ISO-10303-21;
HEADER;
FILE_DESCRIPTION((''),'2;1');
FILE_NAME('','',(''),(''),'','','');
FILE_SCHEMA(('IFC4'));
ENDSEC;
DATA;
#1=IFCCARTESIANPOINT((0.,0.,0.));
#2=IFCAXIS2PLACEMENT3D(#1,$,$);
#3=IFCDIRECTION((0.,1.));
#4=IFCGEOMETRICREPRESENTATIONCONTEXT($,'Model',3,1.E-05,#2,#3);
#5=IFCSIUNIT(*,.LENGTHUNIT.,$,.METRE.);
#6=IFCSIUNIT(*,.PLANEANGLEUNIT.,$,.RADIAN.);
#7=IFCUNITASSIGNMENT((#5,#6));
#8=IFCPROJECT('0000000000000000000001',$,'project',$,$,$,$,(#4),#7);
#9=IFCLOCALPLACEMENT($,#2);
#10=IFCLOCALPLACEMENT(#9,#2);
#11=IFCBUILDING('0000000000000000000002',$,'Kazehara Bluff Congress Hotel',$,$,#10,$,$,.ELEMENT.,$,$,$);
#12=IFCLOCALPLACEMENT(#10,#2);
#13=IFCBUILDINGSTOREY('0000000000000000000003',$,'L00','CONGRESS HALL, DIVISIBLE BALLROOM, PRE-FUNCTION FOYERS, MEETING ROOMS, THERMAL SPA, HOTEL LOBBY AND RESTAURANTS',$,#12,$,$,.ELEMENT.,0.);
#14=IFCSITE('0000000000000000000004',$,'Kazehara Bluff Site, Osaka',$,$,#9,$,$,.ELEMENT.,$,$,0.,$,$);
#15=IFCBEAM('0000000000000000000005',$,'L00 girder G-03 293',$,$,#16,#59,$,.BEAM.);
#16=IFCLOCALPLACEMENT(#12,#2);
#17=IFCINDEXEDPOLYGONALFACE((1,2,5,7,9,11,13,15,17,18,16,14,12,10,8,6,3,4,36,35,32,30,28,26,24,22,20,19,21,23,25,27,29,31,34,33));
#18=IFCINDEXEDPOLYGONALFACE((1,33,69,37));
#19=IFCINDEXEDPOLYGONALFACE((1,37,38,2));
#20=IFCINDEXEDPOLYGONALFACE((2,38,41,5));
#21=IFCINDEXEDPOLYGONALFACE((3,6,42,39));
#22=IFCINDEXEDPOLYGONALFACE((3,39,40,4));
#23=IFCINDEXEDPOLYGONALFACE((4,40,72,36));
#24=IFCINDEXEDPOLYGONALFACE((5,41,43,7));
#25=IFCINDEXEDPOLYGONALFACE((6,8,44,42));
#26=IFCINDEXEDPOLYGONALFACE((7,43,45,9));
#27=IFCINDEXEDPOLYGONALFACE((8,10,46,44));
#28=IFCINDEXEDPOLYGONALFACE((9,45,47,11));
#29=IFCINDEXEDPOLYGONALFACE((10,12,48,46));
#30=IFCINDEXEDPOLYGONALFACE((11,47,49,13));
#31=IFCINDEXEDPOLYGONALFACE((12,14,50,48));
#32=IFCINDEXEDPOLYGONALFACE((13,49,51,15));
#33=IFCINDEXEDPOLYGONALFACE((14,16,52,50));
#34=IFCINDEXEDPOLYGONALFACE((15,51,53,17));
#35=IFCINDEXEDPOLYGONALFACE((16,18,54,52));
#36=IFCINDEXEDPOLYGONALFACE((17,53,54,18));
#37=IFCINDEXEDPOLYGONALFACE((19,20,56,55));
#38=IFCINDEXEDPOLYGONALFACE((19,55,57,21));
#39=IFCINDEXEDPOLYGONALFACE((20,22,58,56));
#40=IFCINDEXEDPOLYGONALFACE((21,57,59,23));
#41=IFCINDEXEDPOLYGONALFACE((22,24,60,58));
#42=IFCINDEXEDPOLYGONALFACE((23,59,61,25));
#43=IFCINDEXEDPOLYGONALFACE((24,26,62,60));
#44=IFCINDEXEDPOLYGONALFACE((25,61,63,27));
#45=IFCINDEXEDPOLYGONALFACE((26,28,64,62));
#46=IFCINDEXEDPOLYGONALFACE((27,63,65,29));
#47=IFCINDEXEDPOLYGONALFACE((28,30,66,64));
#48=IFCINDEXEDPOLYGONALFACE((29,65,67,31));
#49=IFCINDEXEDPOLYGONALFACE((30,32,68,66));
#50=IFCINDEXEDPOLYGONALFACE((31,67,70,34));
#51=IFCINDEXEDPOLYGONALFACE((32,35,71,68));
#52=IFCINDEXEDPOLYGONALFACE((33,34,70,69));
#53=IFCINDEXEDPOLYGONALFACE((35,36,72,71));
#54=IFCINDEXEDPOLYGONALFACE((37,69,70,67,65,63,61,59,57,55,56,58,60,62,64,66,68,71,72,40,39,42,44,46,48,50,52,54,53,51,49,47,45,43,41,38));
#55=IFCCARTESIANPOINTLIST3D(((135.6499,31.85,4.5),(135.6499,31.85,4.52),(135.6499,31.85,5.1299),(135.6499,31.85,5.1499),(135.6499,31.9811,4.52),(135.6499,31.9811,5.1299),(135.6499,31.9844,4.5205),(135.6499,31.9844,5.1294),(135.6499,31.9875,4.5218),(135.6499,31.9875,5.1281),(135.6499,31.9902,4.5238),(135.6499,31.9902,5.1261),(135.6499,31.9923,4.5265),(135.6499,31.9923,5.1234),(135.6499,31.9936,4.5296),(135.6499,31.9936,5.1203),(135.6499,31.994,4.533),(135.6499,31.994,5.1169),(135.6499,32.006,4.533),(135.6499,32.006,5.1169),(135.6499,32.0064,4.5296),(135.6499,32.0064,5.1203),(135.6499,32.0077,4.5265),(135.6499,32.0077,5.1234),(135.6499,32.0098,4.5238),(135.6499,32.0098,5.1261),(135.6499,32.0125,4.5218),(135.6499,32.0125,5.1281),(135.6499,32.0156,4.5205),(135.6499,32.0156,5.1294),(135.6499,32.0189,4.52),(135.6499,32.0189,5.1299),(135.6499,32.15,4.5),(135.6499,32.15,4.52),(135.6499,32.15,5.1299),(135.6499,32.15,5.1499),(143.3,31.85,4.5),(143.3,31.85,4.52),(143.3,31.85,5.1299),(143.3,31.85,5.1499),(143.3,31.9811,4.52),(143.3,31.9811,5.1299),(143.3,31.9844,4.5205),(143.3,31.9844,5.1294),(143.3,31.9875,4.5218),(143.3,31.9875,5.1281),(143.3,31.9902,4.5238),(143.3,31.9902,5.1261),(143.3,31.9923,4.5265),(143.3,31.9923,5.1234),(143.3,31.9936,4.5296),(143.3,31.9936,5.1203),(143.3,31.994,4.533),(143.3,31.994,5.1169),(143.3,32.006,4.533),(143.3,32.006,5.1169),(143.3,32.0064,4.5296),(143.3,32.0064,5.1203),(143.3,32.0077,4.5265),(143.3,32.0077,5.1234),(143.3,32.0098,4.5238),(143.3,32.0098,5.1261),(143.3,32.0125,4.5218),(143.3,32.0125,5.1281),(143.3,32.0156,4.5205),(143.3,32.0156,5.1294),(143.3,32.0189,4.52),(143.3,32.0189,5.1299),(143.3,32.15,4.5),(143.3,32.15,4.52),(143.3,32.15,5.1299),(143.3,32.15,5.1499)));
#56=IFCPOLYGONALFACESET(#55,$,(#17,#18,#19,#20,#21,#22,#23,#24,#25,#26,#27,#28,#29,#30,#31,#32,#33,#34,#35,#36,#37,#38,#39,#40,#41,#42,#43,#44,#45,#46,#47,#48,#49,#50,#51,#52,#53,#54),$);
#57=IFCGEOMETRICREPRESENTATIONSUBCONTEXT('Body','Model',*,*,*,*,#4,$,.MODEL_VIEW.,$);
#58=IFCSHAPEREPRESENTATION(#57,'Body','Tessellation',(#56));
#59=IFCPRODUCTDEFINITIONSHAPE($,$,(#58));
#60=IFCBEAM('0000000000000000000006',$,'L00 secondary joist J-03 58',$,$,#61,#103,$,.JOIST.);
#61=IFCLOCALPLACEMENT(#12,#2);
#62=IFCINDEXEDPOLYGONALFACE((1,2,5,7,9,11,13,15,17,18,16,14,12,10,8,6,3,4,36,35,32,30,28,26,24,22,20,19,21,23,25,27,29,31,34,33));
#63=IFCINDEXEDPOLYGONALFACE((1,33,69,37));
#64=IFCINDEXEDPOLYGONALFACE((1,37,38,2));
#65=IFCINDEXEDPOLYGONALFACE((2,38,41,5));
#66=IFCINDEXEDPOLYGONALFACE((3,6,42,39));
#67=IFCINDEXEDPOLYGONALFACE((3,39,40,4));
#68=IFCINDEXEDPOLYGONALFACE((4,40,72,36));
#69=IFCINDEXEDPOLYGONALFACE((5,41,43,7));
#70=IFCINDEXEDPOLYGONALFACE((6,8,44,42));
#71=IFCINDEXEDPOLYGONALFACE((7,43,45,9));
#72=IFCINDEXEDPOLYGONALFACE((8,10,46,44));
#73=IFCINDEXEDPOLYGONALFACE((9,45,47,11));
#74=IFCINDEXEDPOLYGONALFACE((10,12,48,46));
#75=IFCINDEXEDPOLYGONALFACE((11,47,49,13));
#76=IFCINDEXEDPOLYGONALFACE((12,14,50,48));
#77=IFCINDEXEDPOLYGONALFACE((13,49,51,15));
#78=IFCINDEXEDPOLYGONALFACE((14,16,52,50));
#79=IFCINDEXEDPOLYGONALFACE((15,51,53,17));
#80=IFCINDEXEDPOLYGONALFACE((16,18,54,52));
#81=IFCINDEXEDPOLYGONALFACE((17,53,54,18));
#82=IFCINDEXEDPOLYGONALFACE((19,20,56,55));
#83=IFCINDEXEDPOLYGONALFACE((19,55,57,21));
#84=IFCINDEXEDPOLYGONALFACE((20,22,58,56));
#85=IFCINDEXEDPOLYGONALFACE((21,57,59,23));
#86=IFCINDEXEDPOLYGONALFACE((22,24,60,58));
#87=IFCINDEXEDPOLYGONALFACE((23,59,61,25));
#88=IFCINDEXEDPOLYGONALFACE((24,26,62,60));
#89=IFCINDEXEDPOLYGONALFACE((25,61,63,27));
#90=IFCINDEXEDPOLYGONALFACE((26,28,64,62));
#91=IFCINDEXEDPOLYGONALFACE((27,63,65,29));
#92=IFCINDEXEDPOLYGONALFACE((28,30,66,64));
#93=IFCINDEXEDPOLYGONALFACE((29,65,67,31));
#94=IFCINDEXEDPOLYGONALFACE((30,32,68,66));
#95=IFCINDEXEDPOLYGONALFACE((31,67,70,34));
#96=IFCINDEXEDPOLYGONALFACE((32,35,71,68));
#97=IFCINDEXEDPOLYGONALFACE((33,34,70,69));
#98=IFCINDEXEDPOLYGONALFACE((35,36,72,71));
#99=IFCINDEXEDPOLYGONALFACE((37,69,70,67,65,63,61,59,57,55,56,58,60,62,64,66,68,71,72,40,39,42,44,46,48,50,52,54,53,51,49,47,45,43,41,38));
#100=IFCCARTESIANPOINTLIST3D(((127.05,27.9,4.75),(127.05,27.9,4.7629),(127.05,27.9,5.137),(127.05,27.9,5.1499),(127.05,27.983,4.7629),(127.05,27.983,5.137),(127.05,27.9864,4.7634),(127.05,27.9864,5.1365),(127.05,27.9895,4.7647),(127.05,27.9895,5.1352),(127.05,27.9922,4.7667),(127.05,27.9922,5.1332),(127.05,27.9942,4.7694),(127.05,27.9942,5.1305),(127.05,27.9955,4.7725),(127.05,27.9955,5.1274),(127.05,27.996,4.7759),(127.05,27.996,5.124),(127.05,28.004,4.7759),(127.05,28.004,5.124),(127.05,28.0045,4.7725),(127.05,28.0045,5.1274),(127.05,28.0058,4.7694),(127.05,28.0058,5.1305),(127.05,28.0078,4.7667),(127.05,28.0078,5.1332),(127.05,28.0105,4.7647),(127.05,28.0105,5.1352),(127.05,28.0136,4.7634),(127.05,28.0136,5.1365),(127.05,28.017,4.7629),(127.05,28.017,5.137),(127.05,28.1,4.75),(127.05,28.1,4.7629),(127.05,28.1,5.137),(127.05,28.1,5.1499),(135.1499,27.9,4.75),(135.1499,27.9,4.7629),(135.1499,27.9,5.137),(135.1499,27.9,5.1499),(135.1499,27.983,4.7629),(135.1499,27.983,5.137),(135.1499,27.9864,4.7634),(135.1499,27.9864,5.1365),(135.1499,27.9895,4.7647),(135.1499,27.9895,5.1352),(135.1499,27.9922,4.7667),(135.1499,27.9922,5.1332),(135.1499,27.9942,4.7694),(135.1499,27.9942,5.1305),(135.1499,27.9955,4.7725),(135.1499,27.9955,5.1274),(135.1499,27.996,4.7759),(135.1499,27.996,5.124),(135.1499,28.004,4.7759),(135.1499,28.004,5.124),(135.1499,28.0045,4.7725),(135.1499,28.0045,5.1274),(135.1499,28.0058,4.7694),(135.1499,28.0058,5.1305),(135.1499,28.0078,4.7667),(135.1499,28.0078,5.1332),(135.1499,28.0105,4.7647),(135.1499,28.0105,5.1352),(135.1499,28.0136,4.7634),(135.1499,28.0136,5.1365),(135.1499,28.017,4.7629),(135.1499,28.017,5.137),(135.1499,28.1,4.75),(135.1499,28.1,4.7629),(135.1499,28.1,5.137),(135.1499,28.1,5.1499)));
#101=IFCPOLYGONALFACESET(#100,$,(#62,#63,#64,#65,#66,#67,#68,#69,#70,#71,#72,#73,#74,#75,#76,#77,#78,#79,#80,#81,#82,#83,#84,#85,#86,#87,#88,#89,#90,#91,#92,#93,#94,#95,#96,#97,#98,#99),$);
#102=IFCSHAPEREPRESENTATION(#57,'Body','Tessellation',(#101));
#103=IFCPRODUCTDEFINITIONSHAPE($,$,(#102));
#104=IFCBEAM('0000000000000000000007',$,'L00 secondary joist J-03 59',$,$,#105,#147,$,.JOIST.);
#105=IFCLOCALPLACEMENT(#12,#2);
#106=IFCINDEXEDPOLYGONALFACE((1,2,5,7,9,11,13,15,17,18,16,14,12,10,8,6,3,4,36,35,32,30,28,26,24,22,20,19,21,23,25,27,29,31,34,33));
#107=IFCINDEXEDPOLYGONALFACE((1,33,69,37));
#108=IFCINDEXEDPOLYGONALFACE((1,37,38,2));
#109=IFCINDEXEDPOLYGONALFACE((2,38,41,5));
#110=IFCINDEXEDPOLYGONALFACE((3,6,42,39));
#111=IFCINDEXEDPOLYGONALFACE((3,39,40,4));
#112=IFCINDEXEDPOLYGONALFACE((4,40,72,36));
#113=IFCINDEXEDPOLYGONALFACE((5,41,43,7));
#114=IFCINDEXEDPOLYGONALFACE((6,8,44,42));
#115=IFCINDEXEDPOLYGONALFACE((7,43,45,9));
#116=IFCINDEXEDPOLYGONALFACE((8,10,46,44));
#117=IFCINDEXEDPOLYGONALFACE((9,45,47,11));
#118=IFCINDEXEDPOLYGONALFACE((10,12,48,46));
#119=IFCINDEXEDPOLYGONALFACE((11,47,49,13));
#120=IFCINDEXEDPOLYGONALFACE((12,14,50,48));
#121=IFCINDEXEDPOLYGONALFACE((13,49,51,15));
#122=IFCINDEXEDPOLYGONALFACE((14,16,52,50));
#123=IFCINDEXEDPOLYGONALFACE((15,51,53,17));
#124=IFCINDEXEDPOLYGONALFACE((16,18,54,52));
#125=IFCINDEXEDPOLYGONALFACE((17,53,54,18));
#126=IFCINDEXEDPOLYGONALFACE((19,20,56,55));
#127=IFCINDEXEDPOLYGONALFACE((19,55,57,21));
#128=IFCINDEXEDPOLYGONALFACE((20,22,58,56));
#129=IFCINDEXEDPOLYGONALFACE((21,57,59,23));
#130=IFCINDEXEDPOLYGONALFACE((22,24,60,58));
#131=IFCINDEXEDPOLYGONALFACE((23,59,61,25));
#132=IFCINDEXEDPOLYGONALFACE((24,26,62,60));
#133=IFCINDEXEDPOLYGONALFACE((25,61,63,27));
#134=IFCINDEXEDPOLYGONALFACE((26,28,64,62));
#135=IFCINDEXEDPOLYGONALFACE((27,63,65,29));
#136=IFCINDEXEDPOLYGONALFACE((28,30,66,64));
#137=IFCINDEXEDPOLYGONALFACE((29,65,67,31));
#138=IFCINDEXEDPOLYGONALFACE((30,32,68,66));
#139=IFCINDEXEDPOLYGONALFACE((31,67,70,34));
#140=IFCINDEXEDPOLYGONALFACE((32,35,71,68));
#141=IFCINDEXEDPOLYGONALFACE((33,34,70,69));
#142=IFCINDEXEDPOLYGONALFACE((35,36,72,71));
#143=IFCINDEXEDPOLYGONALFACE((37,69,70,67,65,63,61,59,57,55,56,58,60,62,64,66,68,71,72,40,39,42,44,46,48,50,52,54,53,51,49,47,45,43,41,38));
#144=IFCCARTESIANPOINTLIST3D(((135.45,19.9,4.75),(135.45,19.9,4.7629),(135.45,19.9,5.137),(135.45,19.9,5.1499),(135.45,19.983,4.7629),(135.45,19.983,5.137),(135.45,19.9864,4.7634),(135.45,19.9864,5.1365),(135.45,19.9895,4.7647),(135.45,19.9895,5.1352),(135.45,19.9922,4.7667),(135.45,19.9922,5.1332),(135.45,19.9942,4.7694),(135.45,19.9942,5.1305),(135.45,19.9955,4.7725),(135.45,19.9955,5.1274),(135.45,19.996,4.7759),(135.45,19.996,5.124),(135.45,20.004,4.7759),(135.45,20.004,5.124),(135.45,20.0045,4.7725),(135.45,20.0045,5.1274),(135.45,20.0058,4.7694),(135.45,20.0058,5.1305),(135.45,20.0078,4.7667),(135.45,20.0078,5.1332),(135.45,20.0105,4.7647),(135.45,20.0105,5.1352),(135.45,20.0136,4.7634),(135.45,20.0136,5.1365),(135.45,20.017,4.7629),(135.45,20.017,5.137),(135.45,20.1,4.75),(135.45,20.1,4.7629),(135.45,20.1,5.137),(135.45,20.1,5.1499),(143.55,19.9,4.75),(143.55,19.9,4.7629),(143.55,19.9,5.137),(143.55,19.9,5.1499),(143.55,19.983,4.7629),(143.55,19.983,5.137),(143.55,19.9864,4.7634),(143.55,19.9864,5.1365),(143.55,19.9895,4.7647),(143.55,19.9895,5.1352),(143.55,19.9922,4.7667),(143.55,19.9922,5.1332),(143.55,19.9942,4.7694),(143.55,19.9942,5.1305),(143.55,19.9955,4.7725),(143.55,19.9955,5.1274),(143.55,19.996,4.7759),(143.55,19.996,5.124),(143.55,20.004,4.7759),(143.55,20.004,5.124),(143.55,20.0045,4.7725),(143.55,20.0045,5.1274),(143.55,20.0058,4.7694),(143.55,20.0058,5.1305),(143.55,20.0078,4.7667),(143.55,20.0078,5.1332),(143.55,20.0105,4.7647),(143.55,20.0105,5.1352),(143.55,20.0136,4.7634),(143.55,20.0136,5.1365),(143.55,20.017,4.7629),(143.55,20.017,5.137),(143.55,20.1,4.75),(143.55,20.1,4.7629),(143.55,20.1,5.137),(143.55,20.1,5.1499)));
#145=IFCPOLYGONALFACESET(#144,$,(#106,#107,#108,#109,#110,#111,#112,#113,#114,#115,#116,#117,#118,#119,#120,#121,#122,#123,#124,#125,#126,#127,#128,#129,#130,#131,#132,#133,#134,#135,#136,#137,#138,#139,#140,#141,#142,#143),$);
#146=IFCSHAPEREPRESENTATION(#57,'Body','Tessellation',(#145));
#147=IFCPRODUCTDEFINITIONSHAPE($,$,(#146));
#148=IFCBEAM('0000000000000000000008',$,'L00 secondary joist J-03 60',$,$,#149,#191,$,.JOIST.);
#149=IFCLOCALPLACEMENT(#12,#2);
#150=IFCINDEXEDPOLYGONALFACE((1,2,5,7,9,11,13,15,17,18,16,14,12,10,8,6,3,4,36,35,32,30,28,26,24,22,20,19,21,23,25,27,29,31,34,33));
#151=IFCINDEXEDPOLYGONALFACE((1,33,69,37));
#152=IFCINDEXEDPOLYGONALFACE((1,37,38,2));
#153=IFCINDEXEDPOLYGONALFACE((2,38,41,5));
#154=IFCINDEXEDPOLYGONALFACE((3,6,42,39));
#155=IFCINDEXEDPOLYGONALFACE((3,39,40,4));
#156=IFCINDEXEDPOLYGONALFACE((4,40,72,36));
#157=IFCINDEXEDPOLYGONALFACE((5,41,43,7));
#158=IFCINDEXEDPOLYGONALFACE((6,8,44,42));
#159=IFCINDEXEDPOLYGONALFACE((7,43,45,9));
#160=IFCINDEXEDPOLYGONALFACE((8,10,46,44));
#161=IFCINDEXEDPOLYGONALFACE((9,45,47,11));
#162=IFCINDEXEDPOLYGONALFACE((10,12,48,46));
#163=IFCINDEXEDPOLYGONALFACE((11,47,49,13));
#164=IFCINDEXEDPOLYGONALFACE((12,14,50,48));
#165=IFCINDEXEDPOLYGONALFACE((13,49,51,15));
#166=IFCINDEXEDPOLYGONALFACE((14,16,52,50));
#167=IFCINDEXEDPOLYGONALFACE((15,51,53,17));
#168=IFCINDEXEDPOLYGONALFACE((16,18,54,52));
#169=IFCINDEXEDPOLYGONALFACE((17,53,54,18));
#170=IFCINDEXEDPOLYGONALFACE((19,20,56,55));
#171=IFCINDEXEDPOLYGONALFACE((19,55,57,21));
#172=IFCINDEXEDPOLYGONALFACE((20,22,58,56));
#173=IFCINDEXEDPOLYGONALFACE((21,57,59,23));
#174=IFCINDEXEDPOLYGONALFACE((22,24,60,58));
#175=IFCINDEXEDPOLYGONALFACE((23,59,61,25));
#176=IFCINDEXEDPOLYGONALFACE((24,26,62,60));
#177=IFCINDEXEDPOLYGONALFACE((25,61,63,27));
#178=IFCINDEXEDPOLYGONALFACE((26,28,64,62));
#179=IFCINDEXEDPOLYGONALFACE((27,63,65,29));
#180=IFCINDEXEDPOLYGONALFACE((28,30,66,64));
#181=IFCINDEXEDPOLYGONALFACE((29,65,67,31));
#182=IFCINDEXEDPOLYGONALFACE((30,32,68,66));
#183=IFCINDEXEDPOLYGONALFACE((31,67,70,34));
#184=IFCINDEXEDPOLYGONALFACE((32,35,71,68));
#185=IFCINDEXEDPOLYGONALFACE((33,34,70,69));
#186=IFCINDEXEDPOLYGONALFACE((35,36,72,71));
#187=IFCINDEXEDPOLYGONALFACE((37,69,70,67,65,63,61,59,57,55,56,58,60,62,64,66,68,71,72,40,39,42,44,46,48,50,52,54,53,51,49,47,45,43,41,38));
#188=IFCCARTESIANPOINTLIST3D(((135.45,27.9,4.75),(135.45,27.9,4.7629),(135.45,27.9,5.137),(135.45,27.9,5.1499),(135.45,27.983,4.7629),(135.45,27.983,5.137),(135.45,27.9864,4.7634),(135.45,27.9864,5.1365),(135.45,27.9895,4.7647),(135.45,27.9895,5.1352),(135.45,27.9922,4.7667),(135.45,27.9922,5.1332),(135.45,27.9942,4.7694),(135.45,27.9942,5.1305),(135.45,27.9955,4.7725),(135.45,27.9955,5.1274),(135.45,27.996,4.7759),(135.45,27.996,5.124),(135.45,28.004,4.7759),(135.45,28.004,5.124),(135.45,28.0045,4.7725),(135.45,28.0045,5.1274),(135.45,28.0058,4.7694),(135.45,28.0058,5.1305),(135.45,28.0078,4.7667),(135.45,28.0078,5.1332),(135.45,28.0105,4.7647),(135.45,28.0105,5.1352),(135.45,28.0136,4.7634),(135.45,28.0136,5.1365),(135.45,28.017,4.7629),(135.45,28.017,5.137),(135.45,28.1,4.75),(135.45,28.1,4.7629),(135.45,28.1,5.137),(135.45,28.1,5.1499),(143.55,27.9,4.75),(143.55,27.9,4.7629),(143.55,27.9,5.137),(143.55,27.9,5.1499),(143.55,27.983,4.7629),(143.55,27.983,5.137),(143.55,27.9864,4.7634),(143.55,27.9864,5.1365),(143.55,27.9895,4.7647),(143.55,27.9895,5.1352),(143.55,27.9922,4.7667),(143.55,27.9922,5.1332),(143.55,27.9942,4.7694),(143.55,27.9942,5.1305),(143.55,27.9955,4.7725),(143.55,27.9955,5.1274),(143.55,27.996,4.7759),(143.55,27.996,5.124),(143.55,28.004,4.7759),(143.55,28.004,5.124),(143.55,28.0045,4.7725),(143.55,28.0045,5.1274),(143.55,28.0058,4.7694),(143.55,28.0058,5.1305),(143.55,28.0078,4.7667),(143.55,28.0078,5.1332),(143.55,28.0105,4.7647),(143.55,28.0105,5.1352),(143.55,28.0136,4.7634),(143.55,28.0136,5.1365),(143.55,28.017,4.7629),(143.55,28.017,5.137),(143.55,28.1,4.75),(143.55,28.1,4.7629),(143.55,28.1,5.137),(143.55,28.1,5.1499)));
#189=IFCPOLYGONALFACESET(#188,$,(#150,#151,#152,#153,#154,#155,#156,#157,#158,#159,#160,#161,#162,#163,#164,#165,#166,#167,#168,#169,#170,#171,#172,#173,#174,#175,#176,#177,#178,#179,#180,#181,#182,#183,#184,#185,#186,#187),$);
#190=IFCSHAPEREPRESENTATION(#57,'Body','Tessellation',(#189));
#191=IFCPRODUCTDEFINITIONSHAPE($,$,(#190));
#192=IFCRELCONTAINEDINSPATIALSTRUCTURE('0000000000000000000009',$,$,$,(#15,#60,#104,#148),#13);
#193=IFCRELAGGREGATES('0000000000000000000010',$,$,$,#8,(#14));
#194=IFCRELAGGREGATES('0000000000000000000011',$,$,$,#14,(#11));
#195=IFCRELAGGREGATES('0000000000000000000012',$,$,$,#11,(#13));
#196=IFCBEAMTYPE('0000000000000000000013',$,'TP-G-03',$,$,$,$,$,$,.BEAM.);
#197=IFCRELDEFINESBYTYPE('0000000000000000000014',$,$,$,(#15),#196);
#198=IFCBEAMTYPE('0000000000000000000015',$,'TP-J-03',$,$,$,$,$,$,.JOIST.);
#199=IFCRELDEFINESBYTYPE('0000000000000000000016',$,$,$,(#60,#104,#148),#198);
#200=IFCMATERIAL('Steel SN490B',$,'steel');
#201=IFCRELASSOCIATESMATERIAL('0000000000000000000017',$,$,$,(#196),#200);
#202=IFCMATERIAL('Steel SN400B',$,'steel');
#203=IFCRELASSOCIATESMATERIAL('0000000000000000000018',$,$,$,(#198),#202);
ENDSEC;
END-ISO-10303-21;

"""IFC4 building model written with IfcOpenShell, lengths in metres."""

from ifc_helpers import new_model, si_unit, direction, frame, origin, origin_2d, place, context, subcontext, project, spatial, i_section, extrude, material, material_profile, profile_set, type_object, element, save


model = new_model("IFC4")

# Units and contexts
model_context = context("Model", 3, precision=1e-05, world=origin(), true_north=direction((0.0, 1.0)))
body_context = subcontext(model_context, "Body", "Model", "MODEL_VIEW")
ifc_project = project(units=[si_unit("LENGTHUNIT", "METRE"), si_unit("PLANEANGLEUNIT", "RADIAN")], contexts=[model_context])

# Site, building, storey
site_placement = place(None, origin())
site = spatial("IfcSite", under=ifc_project, at=site_placement, Name="Kazehara Bluff Site, Osaka", CompositionType="ELEMENT", RefElevation=0.0)
building_placement = place(site_placement, origin())
building = spatial("IfcBuilding", under=site, at=building_placement, Name="Kazehara Bluff Congress Hotel", CompositionType="ELEMENT")
storey_placement = place(building_placement, origin())
storey = spatial("IfcBuildingStorey", under=building, at=storey_placement, Name="L00", Description="CONGRESS HALL, DIVISIBLE BALLROOM, PRE-FUNCTION FOYERS, MEETING ROOMS, THERMAL SPA, HOTEL LOBBY AND RESTAURANTS", CompositionType="ELEMENT", Elevation=0.0)

# Beams
ifc_material_1 = material(Name="Steel SN490B", Category="steel")
ifc_material_profile_1 = material_profile(ifc_material_1, i_section(OverallWidth=0.3, OverallDepth=0.6499, WebThickness=0.012, FlangeThickness=0.02, FilletRadius=0.0129, at=origin_2d()))
ifc_profile_set_1 = profile_set([ifc_material_profile_1], Name="Steel SN490B")
beam_type_1 = type_object("IfcBeamType", Name="TP-G-03", PredefinedType="BEAM", material=ifc_profile_set_1)
beam_1_placement = place(storey_placement, frame((135.6499, 32.0, 4.825), z_axis=(1.0, 0.0, 0.0), x_axis=(0.0, 1.0, 0.0)))
element("IfcBeam", 1, at=beam_1_placement, inside=storey, type_object=beam_type_1, Name="L00 girder G-03 293", PredefinedType="BEAM", context=body_context, shape_type="SweptSolid", body=[
    extrude(i_section(OverallWidth=0.3, OverallDepth=0.6499, WebThickness=0.012, FlangeThickness=0.02, FilletRadius=0.0129, at=origin_2d()), origin(), (0.0, 0.0, 1.0), 7.6501),
])
ifc_material_2 = material(Name="Steel SN400B", Category="steel")
ifc_material_profile_2 = material_profile(ifc_material_2, i_section(OverallWidth=0.2, OverallDepth=0.3999, WebThickness=0.0081, FlangeThickness=0.0129, FilletRadius=0.0129, at=origin_2d()))
ifc_profile_set_2 = profile_set([ifc_material_profile_2], Name="Steel SN400B")
beam_type_2 = type_object("IfcBeamType", Name="TP-J-03", PredefinedType="JOIST", material=ifc_profile_set_2)
beam_2_placement = place(storey_placement, frame((127.05, 28.0, 4.95), z_axis=(1.0, 0.0, 0.0), x_axis=(0.0, 1.0, 0.0)))
element("IfcBeam", 2, at=beam_2_placement, inside=storey, type_object=beam_type_2, Name="L00 secondary joist J-03 58", PredefinedType="JOIST", context=body_context, shape_type="SweptSolid", body=[
    extrude(i_section(OverallWidth=0.2, OverallDepth=0.3999, WebThickness=0.0081, FlangeThickness=0.0129, FilletRadius=0.0129, at=origin_2d()), origin(), (0.0, 0.0, 1.0), 8.0999),
])
for number, where, z_axis, x_axis, name in (
    (3, (135.45, 20.0, 4.95), (1.0, 0.0, 0.0), (0.0, 1.0, 0.0), "L00 secondary joist J-03 59"),
    (4, (135.45, 28.0, 4.95), (1.0, 0.0, 0.0), (0.0, 1.0, 0.0), "L00 secondary joist J-03 60"),
):
    element("IfcBeam", number, at=place(storey_placement, frame(where, z_axis=z_axis, x_axis=x_axis)), inside=storey, type_object=beam_type_2, Name=name, PredefinedType="JOIST", context=body_context, shape_type="SweptSolid", body=[
        extrude(i_section(OverallWidth=0.2, OverallDepth=0.3999, WebThickness=0.0081, FlangeThickness=0.0129, FilletRadius=0.0129, at=origin_2d()), origin(), (0.0, 0.0, 1.0), 8.1001),
    ])

save(model, "model.ifc")
